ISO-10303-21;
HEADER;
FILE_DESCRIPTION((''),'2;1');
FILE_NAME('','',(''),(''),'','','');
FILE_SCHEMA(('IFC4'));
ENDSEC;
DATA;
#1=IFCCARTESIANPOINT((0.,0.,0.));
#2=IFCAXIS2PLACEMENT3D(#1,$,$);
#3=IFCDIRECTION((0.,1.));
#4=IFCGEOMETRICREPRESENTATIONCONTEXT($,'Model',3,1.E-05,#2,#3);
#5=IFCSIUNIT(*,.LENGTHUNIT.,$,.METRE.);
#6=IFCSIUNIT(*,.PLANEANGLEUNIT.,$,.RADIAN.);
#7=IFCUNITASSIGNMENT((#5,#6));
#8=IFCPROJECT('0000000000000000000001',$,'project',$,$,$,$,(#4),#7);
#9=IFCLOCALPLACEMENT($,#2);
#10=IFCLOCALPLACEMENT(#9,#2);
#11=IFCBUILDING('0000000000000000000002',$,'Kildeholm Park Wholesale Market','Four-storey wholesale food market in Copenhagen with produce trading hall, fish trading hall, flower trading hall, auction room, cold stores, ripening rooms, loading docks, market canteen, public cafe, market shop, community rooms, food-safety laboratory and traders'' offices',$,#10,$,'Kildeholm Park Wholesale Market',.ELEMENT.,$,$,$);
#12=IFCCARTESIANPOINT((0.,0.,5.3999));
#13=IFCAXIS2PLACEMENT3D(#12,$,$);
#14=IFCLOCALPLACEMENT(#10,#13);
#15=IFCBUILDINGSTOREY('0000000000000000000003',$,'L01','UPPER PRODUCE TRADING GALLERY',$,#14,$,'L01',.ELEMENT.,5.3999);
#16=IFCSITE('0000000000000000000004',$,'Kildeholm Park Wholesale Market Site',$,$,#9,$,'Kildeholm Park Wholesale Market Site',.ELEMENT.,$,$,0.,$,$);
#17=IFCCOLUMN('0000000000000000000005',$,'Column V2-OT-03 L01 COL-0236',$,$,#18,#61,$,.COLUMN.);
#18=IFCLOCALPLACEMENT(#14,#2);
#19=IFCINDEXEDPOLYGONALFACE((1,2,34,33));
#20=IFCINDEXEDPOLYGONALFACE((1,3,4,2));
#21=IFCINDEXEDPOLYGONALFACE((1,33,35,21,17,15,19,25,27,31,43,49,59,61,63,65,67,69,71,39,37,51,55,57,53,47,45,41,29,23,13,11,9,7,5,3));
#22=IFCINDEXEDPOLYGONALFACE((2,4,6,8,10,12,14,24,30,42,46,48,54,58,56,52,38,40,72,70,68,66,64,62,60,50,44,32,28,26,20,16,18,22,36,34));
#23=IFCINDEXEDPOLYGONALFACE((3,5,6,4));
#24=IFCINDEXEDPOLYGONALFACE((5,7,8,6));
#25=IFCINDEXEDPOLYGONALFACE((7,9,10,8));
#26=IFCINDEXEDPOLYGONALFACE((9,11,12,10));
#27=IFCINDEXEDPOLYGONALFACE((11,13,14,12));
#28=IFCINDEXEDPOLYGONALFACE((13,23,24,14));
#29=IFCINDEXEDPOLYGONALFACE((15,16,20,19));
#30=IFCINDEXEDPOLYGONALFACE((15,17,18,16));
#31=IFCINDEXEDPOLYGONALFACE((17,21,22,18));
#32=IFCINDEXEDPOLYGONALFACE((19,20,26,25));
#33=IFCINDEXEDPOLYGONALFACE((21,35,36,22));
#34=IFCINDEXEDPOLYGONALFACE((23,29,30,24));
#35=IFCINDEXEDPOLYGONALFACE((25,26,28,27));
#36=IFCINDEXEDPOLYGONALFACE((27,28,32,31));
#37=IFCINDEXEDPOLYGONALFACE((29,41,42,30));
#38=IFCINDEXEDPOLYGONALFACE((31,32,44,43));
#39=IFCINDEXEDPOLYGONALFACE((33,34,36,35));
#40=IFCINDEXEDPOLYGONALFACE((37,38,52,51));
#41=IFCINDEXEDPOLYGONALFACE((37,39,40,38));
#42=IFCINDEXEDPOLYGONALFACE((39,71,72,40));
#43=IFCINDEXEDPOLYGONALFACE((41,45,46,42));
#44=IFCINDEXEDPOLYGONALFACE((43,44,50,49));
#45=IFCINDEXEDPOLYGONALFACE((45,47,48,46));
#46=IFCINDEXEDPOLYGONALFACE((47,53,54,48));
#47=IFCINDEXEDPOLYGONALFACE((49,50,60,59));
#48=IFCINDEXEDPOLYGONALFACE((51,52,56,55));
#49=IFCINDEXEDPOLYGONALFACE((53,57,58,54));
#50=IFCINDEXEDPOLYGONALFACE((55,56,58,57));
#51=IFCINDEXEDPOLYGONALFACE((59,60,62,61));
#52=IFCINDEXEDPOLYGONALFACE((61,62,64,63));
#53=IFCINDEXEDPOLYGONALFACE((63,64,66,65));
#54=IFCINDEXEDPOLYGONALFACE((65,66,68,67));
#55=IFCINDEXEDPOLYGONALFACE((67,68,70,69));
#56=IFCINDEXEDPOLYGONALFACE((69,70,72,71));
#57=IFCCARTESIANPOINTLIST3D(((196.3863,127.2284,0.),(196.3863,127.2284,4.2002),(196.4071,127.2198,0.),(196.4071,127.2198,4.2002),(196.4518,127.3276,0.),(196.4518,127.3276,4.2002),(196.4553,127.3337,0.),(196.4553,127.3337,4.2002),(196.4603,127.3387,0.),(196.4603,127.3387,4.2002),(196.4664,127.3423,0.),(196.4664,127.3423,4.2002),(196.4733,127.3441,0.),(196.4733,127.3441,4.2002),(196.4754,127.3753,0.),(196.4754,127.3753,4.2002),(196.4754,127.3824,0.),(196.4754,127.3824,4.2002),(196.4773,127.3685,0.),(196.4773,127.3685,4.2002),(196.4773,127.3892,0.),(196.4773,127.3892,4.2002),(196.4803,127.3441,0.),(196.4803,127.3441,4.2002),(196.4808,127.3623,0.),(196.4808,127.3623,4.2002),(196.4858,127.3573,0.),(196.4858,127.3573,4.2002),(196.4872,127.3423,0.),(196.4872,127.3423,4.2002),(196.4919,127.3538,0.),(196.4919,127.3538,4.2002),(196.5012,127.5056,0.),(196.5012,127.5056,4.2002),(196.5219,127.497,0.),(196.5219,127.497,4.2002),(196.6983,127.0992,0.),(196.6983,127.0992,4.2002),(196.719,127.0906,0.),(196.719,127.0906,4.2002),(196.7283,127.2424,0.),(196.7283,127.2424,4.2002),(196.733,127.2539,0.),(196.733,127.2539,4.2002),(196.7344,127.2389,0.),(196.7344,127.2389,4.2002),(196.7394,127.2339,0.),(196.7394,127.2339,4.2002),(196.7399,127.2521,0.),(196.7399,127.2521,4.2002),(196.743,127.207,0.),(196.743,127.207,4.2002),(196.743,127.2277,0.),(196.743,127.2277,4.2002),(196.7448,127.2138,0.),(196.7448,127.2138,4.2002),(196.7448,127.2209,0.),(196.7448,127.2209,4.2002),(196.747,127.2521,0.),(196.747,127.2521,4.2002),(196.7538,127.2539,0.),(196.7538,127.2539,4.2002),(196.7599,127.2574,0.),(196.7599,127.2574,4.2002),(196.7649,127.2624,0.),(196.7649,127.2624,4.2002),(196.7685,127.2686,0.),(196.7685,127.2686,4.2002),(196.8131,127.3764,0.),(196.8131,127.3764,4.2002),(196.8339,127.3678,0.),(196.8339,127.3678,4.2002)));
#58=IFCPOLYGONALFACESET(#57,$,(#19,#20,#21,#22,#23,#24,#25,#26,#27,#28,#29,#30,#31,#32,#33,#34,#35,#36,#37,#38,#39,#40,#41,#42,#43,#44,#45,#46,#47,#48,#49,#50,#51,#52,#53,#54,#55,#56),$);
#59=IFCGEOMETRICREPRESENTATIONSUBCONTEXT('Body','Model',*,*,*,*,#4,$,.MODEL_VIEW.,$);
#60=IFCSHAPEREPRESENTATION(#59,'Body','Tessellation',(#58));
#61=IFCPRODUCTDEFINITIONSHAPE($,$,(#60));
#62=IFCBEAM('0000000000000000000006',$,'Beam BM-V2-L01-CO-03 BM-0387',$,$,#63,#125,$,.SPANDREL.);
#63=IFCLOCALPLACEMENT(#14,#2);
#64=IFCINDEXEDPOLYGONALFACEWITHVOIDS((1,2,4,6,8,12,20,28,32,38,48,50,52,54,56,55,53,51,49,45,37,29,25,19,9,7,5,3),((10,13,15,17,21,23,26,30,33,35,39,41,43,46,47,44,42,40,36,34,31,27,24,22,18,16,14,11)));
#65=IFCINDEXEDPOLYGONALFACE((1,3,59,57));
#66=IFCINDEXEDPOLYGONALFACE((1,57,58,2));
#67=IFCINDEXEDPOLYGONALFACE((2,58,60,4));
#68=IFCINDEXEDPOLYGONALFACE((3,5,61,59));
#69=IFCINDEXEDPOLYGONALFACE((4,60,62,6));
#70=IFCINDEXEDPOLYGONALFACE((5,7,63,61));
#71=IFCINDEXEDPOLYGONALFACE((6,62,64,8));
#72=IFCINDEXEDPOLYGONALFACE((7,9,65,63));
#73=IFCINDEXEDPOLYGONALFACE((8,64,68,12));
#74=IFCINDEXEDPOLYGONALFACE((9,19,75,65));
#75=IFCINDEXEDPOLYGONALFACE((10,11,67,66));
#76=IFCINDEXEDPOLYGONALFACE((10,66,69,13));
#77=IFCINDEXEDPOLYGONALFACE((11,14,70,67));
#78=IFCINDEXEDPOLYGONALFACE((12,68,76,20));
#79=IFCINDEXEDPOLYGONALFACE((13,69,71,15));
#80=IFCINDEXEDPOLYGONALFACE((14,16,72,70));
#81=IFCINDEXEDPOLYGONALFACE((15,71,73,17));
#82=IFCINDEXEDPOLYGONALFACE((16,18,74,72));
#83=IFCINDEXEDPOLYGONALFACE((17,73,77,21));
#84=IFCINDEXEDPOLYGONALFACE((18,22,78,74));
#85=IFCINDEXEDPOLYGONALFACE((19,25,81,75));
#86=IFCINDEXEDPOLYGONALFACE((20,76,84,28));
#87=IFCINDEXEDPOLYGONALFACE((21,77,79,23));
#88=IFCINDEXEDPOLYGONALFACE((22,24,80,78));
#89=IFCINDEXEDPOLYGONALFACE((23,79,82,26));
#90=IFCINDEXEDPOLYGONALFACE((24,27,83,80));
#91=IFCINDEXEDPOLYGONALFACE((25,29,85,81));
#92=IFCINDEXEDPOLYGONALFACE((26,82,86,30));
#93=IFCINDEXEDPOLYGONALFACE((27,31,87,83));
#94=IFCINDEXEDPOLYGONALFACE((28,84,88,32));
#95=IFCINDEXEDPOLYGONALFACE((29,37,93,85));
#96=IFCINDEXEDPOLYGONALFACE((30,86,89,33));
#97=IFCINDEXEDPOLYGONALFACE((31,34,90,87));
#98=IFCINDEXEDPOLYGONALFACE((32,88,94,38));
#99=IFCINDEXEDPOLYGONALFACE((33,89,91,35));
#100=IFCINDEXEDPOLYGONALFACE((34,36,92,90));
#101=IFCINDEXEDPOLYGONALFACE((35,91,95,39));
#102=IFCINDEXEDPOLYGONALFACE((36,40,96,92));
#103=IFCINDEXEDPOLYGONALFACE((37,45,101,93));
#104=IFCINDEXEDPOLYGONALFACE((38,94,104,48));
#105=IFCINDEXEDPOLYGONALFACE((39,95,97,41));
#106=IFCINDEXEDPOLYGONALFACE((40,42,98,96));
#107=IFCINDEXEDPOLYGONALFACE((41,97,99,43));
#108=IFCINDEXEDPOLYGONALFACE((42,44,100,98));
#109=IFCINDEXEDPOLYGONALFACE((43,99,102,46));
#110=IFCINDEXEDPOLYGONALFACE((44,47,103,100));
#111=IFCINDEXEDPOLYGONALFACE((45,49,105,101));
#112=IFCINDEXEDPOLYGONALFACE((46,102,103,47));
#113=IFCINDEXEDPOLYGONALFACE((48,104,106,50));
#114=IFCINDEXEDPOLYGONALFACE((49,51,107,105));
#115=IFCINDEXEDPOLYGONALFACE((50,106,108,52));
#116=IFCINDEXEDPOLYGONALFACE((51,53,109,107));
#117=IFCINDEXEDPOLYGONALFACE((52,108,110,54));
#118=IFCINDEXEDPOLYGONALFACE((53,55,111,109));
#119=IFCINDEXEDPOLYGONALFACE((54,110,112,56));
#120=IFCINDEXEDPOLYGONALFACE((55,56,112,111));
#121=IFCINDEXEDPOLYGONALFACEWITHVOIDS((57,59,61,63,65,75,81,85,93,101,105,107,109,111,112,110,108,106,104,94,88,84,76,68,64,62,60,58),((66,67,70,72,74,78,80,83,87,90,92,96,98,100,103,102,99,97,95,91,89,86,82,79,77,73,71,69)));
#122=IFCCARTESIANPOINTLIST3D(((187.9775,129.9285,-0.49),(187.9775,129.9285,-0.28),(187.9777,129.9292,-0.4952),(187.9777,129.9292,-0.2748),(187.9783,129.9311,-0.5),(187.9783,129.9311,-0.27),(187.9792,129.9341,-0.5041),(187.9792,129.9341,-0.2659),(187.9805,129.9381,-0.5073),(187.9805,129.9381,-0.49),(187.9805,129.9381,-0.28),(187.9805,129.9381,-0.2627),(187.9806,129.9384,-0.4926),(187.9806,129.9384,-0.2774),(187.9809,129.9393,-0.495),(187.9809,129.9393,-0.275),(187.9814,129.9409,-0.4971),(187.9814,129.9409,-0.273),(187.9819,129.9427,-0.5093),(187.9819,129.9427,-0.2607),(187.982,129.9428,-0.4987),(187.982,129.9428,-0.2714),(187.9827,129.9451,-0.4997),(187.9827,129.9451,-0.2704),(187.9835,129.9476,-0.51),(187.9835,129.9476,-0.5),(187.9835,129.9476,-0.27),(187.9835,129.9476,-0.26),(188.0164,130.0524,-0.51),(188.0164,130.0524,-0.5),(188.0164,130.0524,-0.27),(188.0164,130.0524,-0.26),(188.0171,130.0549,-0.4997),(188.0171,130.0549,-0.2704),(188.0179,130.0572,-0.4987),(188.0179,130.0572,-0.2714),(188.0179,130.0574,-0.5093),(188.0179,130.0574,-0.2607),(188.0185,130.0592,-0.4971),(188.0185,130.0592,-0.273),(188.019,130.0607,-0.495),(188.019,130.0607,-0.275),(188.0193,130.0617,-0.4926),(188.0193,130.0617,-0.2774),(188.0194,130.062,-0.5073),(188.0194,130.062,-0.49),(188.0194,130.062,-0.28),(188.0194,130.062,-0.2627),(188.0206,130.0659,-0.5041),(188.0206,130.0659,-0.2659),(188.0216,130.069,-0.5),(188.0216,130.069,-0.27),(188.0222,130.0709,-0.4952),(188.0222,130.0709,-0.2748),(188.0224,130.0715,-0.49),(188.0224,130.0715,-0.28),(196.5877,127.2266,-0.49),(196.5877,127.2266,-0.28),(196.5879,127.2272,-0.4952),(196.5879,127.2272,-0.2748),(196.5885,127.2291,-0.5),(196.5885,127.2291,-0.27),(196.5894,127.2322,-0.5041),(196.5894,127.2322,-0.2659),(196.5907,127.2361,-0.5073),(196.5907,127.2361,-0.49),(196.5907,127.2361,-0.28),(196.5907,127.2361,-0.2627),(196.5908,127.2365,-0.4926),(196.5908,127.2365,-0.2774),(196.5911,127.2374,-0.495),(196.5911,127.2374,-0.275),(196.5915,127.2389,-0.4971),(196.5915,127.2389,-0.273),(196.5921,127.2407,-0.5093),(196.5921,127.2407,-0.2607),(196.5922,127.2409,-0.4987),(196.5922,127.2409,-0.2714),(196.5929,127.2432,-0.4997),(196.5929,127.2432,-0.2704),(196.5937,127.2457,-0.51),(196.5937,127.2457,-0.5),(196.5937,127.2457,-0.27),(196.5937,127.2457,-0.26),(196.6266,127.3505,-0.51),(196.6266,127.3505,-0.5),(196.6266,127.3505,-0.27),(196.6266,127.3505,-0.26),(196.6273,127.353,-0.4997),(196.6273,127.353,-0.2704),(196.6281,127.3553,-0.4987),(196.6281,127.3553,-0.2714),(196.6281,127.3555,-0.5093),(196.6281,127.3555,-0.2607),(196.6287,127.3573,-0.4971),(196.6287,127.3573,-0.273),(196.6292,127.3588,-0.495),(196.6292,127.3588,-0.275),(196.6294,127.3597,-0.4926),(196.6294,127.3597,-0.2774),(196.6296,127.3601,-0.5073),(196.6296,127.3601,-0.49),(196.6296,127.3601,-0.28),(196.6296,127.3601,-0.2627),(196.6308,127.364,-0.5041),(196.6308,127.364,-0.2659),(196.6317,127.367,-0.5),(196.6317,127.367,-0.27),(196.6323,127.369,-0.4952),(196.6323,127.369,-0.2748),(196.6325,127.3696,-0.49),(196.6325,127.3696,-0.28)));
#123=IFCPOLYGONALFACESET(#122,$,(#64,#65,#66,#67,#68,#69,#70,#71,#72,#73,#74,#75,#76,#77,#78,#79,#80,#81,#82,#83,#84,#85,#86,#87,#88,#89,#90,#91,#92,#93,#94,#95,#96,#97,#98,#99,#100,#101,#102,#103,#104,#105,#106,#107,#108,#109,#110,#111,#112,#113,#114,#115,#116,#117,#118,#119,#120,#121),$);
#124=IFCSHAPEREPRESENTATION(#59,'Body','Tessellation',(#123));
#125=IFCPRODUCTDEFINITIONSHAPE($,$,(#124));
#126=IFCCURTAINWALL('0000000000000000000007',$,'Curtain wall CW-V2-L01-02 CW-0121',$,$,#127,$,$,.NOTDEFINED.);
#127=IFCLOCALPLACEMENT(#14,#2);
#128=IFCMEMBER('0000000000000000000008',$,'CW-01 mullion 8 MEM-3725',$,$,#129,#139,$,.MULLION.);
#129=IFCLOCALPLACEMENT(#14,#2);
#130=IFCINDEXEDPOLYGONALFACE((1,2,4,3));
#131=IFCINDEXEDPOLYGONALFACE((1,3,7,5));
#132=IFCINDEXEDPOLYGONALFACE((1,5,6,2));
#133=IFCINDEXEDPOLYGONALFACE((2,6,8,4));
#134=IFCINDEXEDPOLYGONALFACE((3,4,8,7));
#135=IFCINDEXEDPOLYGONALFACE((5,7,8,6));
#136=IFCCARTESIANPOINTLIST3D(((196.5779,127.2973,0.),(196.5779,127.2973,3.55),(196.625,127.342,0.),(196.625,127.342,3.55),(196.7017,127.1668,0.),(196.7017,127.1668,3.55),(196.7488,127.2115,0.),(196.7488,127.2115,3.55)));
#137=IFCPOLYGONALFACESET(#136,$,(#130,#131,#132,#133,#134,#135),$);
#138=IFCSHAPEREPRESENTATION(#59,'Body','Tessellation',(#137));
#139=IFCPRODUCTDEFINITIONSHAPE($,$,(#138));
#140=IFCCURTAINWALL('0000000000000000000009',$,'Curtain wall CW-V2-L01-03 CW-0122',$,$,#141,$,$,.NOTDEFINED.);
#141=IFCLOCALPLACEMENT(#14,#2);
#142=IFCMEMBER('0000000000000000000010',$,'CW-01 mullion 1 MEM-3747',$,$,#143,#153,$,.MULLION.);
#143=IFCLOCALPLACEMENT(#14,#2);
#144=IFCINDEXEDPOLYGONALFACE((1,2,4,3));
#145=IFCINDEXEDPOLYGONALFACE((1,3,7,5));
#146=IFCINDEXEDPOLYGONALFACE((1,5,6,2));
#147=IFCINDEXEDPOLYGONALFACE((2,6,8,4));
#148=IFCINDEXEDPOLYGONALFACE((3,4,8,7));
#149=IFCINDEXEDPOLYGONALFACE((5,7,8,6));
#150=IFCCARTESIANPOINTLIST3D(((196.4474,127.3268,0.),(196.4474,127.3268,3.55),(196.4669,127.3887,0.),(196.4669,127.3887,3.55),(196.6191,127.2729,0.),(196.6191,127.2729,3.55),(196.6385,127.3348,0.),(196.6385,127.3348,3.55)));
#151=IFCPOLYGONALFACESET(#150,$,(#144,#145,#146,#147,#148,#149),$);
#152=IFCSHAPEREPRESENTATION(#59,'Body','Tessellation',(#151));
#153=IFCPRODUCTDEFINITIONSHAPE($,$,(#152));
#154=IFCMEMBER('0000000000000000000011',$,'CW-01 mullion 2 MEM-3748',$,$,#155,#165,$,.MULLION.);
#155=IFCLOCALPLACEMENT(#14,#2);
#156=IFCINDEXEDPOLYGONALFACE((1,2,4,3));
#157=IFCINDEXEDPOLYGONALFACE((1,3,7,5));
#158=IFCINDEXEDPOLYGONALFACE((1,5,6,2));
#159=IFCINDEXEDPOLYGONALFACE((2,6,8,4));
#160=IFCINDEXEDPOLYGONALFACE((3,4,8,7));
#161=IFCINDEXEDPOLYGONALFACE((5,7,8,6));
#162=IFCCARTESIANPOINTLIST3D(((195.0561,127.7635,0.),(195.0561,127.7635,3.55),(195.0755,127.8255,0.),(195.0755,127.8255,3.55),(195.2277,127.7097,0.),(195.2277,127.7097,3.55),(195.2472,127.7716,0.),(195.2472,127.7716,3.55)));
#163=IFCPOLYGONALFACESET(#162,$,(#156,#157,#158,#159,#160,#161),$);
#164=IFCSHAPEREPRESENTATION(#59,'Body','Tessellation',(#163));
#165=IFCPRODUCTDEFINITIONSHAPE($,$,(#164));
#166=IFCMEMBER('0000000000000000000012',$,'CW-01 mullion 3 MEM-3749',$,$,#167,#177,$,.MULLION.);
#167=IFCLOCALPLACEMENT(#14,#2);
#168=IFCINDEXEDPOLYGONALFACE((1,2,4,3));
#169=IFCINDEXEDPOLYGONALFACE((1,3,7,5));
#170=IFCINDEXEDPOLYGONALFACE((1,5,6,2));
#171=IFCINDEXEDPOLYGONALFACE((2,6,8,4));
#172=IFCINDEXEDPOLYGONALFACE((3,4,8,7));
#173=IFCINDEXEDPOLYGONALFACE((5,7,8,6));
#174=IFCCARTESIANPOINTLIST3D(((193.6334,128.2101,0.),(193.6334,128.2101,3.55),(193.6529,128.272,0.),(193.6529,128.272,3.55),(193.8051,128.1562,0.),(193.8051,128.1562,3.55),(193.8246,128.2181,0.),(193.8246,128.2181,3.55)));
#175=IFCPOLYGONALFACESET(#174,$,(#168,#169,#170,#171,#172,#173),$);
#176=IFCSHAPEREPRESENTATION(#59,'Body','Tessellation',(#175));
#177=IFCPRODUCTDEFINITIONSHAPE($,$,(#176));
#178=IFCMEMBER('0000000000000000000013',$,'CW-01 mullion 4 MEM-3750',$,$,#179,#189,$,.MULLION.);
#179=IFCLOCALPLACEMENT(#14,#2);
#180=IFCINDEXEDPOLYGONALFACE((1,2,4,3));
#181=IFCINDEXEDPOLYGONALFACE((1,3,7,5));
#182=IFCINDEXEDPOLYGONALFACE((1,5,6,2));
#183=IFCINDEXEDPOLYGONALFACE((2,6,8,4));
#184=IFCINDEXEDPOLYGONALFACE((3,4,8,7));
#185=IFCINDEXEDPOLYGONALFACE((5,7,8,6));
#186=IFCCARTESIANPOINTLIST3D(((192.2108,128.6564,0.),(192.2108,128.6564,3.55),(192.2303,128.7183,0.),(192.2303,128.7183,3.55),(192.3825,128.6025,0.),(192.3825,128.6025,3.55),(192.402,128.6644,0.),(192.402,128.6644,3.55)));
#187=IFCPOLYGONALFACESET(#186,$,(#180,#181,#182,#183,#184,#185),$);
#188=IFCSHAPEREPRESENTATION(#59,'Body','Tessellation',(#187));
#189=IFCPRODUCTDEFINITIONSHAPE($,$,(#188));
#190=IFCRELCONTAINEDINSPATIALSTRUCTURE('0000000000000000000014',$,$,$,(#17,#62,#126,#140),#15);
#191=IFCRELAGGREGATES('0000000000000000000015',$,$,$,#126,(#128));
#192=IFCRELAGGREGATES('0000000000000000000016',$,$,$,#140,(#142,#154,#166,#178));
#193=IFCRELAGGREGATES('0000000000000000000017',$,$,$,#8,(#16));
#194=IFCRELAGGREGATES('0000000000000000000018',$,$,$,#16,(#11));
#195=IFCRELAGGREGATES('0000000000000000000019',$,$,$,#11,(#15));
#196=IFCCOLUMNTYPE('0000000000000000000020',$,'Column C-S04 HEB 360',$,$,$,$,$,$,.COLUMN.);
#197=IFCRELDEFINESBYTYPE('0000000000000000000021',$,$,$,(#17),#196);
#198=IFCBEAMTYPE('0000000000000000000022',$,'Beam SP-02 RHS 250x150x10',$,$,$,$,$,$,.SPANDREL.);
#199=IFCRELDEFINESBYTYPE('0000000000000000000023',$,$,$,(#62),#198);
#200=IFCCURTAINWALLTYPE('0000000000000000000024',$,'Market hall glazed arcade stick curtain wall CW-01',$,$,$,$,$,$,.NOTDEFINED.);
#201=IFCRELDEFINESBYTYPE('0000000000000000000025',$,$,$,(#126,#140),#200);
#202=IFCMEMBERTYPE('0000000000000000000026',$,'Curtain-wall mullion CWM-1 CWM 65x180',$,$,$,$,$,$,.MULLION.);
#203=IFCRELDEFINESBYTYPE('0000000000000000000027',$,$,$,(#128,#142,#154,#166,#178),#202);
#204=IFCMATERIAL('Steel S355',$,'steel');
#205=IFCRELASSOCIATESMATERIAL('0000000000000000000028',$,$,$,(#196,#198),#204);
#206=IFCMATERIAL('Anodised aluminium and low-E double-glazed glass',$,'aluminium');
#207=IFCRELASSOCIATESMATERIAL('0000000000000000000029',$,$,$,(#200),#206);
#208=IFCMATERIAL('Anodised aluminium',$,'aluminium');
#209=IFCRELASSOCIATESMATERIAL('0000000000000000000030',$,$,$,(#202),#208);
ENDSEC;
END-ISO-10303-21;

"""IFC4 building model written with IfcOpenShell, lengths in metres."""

from ifc_helpers import new_model, si_unit, direction, frame, origin, origin_2d, place, context, subcontext, project, spatial, rectangle, hollow_rectangle, i_section, extrude, material, material_profile, profile_set, type_object, element, aggregate, save


model = new_model("IFC4")

# Units and contexts
model_context = context("Model", 3, precision=1e-05, world=origin(), true_north=direction((0.0, 1.0)))
body_context = subcontext(model_context, "Body", "Model", "MODEL_VIEW")
ifc_project = project(units=[si_unit("LENGTHUNIT", "METRE"), si_unit("PLANEANGLEUNIT", "RADIAN")], contexts=[model_context])

# Site, building, storey
site_placement = place(None, origin())
site = spatial("IfcSite", under=ifc_project, at=site_placement, Name="Kildeholm Park Wholesale Market Site", LongName="Kildeholm Park Wholesale Market Site", CompositionType="ELEMENT", RefElevation=0.0)
building_placement = place(site_placement, origin())
building = spatial("IfcBuilding", under=site, at=building_placement, Name="Kildeholm Park Wholesale Market", Description="Four-storey wholesale food market in Copenhagen with produce trading hall, fish trading hall, flower trading hall, auction room, cold stores, ripening rooms, loading docks, market canteen, public cafe, market shop, community rooms, food-safety laboratory and traders' offices", LongName="Kildeholm Park Wholesale Market", CompositionType="ELEMENT")
storey_placement = place(building_placement, frame((0.0, 0.0, 5.3999)))
storey = spatial("IfcBuildingStorey", under=building, at=storey_placement, Name="L01", Description="UPPER PRODUCE TRADING GALLERY", LongName="L01", CompositionType="ELEMENT", Elevation=5.3999)

# Column
ifc_material_1 = material(Name="Steel S355", Category="steel")
ifc_material_profile_1 = material_profile(ifc_material_1, i_section(OverallWidth=0.3, OverallDepth=0.3601, WebThickness=0.0125, FlangeThickness=0.0225, FilletRadius=0.0271, at=origin_2d()), Name="HEB 360")
ifc_profile_set_1 = profile_set([ifc_material_profile_1], Name="Steel S355")
column_type = type_object("IfcColumnType", Name="Column C-S04 HEB 360", PredefinedType="COLUMN", material=ifc_profile_set_1)
column_placement = place(storey_placement, frame((196.6101, 127.2981, 0.0), z_axis=(0.0, 0.0, 1.0), x_axis=(0.382683, 0.92388, 0.0)))
element("IfcColumn", 1, at=column_placement, inside=storey, type_object=column_type, Name="Column V2-OT-03 L01 COL-0236", PredefinedType="COLUMN", context=body_context, shape_type="SweptSolid", body=[
    extrude(i_section(OverallWidth=0.3, OverallDepth=0.3601, WebThickness=0.0125, FlangeThickness=0.0225, FilletRadius=0.0271, at=origin_2d()), origin(), (0.0, 0.0, 1.0), 4.2002),
])

# Beam
ifc_material_profile_2 = material_profile(ifc_material_1, hollow_rectangle(XDim=0.1499, YDim=0.25, WallThickness=0.01, InnerFilletRadius=0.01, OuterFilletRadius=0.02, at=origin_2d()), Name="RHS 250x150x10")
ifc_profile_set_2 = profile_set([ifc_material_profile_2], Name="Steel S355")
beam_type = type_object("IfcBeamType", Name="Beam SP-02 RHS 250x150x10", PredefinedType="SPANDREL", material=ifc_profile_set_2)
beam_placement = place(storey_placement, frame((196.6101, 127.2981, -0.385), z_axis=(-0.954125, 0.29941, 0.0), x_axis=(-0.29941, -0.954125, 0.0)))
element("IfcBeam", 2, at=beam_placement, inside=storey, type_object=beam_type, Name="Beam BM-V2-L01-CO-03 BM-0387", PredefinedType="SPANDREL", context=body_context, shape_type="SweptSolid", body=[
    extrude(hollow_rectangle(XDim=0.1499, YDim=0.25, WallThickness=0.01, InnerFilletRadius=0.01, OuterFilletRadius=0.02, at=origin_2d()), origin(), (0.0, 0.0, 1.0), 9.0242),
])

# Curtain wall, member
ifc_material_2 = material(Name="Anodised aluminium and low-E double-glazed glass", Category="aluminium")
curtain_wall_type = type_object("IfcCurtainWallType", Name="Market hall glazed arcade stick curtain wall CW-01", PredefinedType="NOTDEFINED", material=ifc_material_2)
curtain_wall_1_placement = place(storey_placement, origin())
curtain_wall_1 = element("IfcCurtainWall", 3, at=curtain_wall_1_placement, inside=storey, type_object=curtain_wall_type, Name="Curtain wall CW-V2-L01-02 CW-0121", PredefinedType="NOTDEFINED")
ifc_material_3 = material(Name="Anodised aluminium", Category="aluminium")
ifc_material_profile_3 = material_profile(ifc_material_3, rectangle(XDim=0.0649, YDim=0.1799, at=origin_2d()), Name="CWM 65x180")
ifc_profile_set_3 = profile_set([ifc_material_profile_3], Name="Anodised aluminium")
member_type_1 = type_object("IfcMemberType", Name="Curtain-wall mullion CWM-1 CWM 65x180", PredefinedType="MULLION", material=ifc_profile_set_3)
member_1_placement = place(storey_placement, frame((196.6633, 127.2544, 0.0), z_axis=(0.0, 0.0, 1.0), x_axis=(-0.725571, -0.688148, 0.0)))
member_1 = element("IfcMember", 4, at=member_1_placement, type_object=member_type_1, Name="CW-01 mullion 8 MEM-3725", PredefinedType="MULLION", context=body_context, shape_type="SweptSolid", body=[
    extrude(rectangle(XDim=0.0649, YDim=0.1799, at=origin_2d()), origin(), (0.0, 0.0, 1.0), 3.55),
])

# Curtain wall, members
curtain_wall_2_placement = place(storey_placement, origin())
curtain_wall_2 = element("IfcCurtainWall", 5, at=curtain_wall_2_placement, inside=storey, type_object=curtain_wall_type, Name="Curtain wall CW-V2-L01-03 CW-0122", PredefinedType="NOTDEFINED")
member_2_placement = place(storey_placement, frame((196.543, 127.3308, 0.0), z_axis=(0.0, 0.0, 1.0), x_axis=(-0.299478, -0.954103, 0.0)))
member_2 = element("IfcMember", 6, at=member_2_placement, type_object=member_type_1, Name="CW-01 mullion 1 MEM-3747", PredefinedType="MULLION", context=body_context, shape_type="SweptSolid", body=[
    extrude(rectangle(XDim=0.0649, YDim=0.1799, at=origin_2d()), origin(), (0.0, 0.0, 1.0), 3.55),
])
member_3_placement = place(storey_placement, frame((195.1516, 127.7676, 0.0), z_axis=(0.0, 0.0, 1.0), x_axis=(-0.299478, -0.954103, 0.0)))
member_3 = element("IfcMember", 7, at=member_3_placement, type_object=member_type_1, Name="CW-01 mullion 2 MEM-3748", PredefinedType="MULLION", context=body_context, shape_type="SweptSolid", body=[
    extrude(rectangle(XDim=0.0649, YDim=0.1799, at=origin_2d()), origin(), (0.0, 0.0, 1.0), 3.55),
])
member_4_placement = place(storey_placement, frame((193.729, 128.2141, 0.0), z_axis=(0.0, 0.0, 1.0), x_axis=(-0.299478, -0.954103, 0.0)))
member_4 = element("IfcMember", 8, at=member_4_placement, type_object=member_type_1, Name="CW-01 mullion 3 MEM-3749", PredefinedType="MULLION", context=body_context, shape_type="SweptSolid", body=[
    extrude(rectangle(XDim=0.0649, YDim=0.1799, at=origin_2d()), origin(), (0.0, 0.0, 1.0), 3.55),
])
member_5_placement = place(storey_placement, frame((192.3064, 128.6604, 0.0), z_axis=(0.0, 0.0, 1.0), x_axis=(-0.299478, -0.954103, 0.0)))
member_5 = element("IfcMember", 9, at=member_5_placement, type_object=member_type_1, Name="CW-01 mullion 4 MEM-3750", PredefinedType="MULLION", context=body_context, shape_type="SweptSolid", body=[
    extrude(rectangle(XDim=0.0649, YDim=0.1799, at=origin_2d()), origin(), (0.0, 0.0, 1.0), 3.55),
])

aggregate(curtain_wall_1, [member_1])
aggregate(curtain_wall_2, [member_2, member_3, member_4, member_5])

save(model, "model.ifc")
